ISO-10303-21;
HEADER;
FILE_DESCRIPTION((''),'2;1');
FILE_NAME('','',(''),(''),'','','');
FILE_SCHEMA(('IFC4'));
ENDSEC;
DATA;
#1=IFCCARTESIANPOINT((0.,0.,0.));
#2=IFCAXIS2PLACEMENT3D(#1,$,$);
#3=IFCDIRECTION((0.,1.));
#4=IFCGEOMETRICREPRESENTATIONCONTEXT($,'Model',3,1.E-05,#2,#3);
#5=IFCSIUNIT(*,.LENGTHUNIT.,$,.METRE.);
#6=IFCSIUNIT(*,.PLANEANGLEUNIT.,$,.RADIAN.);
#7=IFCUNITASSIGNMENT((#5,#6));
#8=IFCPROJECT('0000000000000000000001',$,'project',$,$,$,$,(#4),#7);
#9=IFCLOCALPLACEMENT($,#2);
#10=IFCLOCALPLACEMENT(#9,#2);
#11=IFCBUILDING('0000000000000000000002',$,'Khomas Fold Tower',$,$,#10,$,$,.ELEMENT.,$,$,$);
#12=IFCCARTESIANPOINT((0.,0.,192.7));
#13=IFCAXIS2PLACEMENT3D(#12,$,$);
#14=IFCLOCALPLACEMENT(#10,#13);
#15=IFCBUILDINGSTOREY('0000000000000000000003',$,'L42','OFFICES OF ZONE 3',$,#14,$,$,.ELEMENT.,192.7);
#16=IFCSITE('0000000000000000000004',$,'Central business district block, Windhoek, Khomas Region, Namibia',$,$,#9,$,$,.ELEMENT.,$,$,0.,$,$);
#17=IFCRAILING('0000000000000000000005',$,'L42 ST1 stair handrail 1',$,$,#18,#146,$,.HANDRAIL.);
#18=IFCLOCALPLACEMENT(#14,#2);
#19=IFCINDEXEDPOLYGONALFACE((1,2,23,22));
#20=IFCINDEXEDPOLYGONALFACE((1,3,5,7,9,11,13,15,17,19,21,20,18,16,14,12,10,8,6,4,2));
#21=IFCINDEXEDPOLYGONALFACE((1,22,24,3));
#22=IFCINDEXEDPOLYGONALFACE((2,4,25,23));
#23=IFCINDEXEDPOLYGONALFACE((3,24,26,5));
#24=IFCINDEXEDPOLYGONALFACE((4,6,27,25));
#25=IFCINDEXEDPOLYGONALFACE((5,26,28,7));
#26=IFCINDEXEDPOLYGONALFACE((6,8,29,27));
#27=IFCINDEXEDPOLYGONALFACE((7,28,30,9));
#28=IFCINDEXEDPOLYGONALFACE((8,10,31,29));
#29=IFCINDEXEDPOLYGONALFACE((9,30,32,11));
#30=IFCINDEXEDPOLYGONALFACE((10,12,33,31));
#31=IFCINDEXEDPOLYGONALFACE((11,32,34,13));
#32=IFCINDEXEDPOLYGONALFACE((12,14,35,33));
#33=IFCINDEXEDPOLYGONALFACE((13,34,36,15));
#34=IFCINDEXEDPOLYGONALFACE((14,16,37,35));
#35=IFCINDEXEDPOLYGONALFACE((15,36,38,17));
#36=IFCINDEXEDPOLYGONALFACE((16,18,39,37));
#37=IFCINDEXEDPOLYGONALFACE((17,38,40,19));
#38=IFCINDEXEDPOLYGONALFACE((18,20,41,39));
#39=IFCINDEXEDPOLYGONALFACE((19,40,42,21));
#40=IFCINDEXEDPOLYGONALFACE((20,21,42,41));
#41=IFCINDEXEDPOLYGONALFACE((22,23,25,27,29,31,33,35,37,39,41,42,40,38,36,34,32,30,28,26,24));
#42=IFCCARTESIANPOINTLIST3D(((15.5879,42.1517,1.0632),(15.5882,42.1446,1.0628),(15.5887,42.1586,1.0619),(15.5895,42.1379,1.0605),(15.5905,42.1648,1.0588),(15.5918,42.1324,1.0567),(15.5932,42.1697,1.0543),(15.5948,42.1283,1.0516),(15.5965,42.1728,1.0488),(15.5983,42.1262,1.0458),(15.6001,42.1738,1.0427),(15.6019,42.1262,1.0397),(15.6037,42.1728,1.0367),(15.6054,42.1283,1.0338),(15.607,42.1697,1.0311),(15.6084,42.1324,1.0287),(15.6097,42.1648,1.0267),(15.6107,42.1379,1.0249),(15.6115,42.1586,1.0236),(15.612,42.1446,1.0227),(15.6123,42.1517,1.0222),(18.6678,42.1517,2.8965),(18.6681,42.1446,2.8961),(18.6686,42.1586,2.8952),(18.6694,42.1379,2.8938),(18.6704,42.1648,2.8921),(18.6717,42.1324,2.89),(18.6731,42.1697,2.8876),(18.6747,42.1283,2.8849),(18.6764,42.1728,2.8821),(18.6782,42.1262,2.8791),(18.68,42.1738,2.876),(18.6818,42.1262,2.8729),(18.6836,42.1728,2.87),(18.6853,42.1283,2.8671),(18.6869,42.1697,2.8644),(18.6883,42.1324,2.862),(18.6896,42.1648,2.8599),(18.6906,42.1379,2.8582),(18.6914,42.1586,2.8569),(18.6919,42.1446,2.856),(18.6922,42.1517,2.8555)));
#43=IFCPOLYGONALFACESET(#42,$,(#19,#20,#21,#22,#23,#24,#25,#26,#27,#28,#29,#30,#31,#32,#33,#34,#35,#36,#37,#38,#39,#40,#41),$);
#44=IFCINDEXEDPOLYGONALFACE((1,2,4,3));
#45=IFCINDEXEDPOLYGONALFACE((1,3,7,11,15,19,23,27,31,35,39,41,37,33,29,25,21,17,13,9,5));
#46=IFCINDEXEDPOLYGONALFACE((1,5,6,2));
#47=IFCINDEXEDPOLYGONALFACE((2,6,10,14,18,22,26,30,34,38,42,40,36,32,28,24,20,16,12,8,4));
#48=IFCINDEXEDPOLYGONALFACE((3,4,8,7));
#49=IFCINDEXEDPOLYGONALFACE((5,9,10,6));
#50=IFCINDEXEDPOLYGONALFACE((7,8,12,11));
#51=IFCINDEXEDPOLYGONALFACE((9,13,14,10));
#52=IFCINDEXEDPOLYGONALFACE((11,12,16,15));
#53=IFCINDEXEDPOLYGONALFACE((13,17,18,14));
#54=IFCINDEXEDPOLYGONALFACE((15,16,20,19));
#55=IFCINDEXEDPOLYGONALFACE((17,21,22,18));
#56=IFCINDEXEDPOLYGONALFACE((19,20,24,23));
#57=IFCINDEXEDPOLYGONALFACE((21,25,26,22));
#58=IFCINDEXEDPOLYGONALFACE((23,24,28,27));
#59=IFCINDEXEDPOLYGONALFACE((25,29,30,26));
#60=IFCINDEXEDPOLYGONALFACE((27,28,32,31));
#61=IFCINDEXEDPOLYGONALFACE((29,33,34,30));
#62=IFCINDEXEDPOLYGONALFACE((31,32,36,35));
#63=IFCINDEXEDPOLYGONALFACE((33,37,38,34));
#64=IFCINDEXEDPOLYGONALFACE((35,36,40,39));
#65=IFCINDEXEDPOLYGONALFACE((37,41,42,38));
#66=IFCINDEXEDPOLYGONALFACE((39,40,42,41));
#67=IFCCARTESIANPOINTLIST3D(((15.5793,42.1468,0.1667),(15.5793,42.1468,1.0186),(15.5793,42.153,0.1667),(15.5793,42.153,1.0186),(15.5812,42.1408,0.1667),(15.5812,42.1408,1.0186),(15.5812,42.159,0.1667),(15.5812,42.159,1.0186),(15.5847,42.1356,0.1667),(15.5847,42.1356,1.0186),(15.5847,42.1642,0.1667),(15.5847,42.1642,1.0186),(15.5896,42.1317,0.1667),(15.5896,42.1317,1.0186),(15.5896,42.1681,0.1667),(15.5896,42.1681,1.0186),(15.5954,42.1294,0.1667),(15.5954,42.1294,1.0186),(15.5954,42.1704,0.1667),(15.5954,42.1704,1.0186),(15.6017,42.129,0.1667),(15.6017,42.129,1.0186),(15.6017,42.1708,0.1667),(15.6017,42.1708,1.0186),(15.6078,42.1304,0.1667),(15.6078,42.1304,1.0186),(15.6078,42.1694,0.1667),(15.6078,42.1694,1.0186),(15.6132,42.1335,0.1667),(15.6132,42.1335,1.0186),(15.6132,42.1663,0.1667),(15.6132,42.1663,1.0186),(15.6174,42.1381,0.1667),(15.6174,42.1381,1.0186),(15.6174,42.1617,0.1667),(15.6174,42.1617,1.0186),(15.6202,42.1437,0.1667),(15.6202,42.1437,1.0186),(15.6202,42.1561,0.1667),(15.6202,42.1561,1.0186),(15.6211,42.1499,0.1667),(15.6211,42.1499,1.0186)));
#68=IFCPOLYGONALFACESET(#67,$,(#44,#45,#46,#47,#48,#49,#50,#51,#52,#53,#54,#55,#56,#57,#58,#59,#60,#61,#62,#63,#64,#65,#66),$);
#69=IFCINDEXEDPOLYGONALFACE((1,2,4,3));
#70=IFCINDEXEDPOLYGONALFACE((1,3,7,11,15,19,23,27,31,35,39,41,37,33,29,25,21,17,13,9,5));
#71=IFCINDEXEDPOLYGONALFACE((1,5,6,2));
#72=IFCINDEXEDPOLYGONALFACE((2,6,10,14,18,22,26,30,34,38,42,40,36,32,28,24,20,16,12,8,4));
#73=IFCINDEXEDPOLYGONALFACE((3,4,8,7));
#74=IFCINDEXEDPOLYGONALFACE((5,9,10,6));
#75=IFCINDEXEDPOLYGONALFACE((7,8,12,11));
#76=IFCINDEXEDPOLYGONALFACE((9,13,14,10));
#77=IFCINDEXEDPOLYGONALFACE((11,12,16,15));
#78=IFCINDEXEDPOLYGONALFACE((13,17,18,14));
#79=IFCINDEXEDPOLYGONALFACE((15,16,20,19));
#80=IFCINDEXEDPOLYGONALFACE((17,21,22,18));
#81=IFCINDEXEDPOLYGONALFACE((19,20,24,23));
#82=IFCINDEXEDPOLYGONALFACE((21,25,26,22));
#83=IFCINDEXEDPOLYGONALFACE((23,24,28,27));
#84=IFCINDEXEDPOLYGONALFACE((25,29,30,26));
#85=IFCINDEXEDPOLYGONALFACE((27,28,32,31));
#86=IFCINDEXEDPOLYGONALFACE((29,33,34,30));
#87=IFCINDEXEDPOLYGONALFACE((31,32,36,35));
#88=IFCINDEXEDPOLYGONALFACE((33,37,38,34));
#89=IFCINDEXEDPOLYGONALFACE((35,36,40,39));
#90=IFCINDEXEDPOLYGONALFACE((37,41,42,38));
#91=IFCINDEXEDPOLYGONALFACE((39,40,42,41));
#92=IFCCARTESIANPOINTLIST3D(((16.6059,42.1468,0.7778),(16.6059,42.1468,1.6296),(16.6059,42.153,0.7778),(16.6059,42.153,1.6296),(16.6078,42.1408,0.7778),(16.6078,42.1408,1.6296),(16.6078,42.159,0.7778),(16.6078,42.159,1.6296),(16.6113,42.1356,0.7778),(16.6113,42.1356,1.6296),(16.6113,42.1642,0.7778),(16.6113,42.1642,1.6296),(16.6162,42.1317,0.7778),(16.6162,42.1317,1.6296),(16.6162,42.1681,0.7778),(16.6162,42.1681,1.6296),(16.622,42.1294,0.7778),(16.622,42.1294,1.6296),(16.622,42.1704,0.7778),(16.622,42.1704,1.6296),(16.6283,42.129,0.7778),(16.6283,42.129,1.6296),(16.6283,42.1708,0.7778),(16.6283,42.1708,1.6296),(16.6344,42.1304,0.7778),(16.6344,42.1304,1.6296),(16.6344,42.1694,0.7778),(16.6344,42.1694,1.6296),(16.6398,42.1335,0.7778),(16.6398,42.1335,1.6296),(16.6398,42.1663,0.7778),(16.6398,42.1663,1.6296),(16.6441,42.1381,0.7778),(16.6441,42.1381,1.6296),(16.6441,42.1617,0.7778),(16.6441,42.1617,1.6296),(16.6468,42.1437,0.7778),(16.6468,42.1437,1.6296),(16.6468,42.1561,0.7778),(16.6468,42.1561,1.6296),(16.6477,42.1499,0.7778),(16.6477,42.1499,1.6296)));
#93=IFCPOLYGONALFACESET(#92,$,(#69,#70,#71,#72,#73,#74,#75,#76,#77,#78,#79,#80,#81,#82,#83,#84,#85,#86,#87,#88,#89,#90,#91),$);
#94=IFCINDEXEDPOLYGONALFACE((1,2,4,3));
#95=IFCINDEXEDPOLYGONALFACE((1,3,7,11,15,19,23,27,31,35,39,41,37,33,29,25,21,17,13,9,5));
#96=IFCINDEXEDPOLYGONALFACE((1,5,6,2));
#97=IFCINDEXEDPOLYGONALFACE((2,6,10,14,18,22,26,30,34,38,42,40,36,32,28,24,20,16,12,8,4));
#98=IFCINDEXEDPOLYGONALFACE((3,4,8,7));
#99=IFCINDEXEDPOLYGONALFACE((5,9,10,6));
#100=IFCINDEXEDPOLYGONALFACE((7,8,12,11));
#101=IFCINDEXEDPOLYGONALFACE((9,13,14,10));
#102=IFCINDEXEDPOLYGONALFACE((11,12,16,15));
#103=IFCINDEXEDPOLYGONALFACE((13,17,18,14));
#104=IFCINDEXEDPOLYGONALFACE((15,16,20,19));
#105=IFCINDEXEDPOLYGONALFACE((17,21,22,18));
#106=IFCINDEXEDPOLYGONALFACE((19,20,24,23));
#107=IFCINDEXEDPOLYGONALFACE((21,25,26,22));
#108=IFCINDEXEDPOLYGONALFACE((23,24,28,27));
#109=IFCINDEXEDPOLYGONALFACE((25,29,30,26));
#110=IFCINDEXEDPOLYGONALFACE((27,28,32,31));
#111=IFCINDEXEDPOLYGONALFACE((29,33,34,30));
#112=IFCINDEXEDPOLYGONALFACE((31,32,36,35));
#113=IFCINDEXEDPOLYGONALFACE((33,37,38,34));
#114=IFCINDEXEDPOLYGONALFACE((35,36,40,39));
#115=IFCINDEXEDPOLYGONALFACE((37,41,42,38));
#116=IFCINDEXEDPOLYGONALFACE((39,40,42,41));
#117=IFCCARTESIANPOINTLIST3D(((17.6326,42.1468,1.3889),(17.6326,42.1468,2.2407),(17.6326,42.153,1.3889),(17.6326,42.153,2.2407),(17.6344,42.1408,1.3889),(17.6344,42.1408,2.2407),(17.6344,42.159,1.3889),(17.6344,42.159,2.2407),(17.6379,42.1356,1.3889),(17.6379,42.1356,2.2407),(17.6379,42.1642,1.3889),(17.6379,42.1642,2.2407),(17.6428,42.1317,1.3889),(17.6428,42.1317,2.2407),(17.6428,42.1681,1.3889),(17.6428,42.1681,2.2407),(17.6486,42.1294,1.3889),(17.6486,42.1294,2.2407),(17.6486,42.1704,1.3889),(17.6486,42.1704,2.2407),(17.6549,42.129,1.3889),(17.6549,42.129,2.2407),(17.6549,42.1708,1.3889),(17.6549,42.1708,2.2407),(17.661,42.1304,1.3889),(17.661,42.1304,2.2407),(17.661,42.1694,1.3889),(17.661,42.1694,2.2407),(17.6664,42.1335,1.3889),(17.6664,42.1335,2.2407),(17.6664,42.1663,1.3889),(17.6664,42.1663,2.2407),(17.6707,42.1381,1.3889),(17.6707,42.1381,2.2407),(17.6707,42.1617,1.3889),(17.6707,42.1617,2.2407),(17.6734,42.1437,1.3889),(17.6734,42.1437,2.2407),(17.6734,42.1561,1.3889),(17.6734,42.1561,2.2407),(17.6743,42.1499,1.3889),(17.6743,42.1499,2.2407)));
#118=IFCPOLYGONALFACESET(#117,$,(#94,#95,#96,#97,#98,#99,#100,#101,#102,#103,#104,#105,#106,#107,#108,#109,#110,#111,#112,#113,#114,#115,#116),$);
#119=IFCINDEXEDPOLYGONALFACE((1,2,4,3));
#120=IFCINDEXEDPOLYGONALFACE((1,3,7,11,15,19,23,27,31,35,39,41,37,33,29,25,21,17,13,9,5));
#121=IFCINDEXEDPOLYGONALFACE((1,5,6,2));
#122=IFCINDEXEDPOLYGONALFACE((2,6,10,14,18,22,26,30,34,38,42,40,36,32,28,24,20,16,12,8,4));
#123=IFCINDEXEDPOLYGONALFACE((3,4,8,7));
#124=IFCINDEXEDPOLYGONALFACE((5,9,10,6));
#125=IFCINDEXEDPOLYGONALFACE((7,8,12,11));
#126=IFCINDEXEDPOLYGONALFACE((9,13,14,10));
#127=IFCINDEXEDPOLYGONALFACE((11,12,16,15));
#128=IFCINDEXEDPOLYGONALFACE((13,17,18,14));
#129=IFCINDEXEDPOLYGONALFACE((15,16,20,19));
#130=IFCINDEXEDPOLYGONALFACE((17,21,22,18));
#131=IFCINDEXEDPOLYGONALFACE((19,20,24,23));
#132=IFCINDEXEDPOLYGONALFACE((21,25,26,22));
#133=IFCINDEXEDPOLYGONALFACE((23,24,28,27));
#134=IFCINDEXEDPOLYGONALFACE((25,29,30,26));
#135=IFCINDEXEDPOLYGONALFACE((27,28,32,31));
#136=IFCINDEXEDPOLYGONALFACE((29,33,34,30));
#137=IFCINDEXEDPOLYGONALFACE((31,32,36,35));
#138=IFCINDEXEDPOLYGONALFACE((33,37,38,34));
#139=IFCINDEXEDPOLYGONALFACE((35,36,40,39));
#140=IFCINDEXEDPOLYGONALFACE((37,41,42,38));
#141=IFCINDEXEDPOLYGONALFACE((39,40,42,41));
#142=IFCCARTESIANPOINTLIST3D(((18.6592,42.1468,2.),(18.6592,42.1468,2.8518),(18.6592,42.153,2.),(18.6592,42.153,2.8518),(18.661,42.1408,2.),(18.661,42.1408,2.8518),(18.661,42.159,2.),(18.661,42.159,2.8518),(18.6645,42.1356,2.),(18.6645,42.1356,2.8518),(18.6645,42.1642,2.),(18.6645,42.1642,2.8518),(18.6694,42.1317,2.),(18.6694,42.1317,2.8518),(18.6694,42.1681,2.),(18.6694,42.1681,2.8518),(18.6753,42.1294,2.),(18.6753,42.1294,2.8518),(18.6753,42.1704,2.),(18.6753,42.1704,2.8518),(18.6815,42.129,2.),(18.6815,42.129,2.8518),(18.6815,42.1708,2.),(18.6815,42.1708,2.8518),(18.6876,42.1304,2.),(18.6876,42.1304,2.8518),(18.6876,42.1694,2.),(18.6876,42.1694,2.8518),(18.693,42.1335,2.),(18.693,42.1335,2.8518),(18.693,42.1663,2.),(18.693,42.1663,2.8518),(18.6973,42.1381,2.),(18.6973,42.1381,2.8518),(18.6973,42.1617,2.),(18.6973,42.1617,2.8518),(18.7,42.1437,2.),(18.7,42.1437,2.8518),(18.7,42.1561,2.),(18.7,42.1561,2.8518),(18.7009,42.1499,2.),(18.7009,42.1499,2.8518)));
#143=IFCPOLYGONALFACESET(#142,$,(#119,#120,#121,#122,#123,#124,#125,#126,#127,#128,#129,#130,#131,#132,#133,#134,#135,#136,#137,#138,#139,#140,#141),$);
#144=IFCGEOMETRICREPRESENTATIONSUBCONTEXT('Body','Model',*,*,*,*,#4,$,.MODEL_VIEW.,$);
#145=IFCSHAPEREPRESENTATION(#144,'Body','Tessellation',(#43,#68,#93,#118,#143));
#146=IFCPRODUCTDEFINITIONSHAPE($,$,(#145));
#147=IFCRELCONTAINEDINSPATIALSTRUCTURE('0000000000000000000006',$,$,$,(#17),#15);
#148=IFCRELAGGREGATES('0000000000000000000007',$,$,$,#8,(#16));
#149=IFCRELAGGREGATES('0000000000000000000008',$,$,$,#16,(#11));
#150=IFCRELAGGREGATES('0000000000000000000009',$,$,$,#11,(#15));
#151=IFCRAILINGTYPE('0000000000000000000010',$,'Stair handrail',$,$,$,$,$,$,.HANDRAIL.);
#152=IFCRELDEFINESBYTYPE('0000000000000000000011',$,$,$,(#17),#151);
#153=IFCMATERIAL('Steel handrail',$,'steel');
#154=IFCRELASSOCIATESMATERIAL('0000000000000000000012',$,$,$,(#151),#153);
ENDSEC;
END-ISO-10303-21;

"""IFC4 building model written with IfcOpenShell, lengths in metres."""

from ifc_helpers import new_model, si_unit, direction, frame, origin, origin_2d, place, context, subcontext, project, spatial, circle, extrude, source, transform, mapped, material, type_object, element, save


model = new_model("IFC4")

# Units and contexts
model_context = context("Model", 3, precision=1e-05, world=origin(), true_north=direction((0.0, 1.0)))
body_context = subcontext(model_context, "Body", "Model", "MODEL_VIEW")
ifc_project = project(units=[si_unit("LENGTHUNIT", "METRE"), si_unit("PLANEANGLEUNIT", "RADIAN")], contexts=[model_context])

# Site, building, storey
site_placement = place(None, origin())
site = spatial("IfcSite", under=ifc_project, at=site_placement, Name="Central business district block, Windhoek, Khomas Region, Namibia", CompositionType="ELEMENT", RefElevation=0.0)
building_placement = place(site_placement, origin())
building = spatial("IfcBuilding", under=site, at=building_placement, Name="Khomas Fold Tower", CompositionType="ELEMENT")
storey_placement = place(building_placement, frame((0.0, 0.0, 192.7)))
storey = spatial("IfcBuildingStorey", under=building, at=storey_placement, Name="L42", Description="OFFICES OF ZONE 3", CompositionType="ELEMENT", Elevation=192.7)

# Railing
ifc_material_1 = material(Name="Steel handrail", Category="steel")
railing_type_1 = type_object("IfcRailingType", Name="Stair handrail", PredefinedType="HANDRAIL", material=ifc_material_1)
shared_shape_1 = source(origin(), body_context, "Body", "SweptSolid", [
    extrude(circle(Radius=0.0239, at=origin_2d()), frame((0.0, 0.0, 0.876), z_axis=(0.859291, 0.0, 0.511487), x_axis=(0.0, 1.0, 0.0)), (0.0, 0.0, 1.0), 3.5842),
    extrude(circle(Radius=0.021, at=origin_2d()), origin(), (0.0, 0.0, 1.0), 0.8518),
    extrude(circle(Radius=0.021, at=origin_2d()), frame((1.0266, 0.0, 0.6111)), (0.0, 0.0, 1.0), 0.8518),
    extrude(circle(Radius=0.021, at=origin_2d()), frame((2.0532, 0.0, 1.2222)), (0.0, 0.0, 1.0), 0.8518),
    extrude(circle(Radius=0.021, at=origin_2d()), frame((3.0798, 0.0, 1.8333)), (0.0, 0.0, 1.0), 0.8518),
])
railing_1_placement = place(storey_placement, frame((15.6001, 42.1499, 0.1667)))
element("IfcRailing", 1, at=railing_1_placement, inside=storey, type_object=railing_type_1, Name="L42 ST1 stair handrail 1", PredefinedType="HANDRAIL", context=body_context, shape_type="MappedRepresentation", body=[
    mapped(shared_shape_1, transform((0.0, 0.0, 0.0))),
])

save(model, "model.ifc")
